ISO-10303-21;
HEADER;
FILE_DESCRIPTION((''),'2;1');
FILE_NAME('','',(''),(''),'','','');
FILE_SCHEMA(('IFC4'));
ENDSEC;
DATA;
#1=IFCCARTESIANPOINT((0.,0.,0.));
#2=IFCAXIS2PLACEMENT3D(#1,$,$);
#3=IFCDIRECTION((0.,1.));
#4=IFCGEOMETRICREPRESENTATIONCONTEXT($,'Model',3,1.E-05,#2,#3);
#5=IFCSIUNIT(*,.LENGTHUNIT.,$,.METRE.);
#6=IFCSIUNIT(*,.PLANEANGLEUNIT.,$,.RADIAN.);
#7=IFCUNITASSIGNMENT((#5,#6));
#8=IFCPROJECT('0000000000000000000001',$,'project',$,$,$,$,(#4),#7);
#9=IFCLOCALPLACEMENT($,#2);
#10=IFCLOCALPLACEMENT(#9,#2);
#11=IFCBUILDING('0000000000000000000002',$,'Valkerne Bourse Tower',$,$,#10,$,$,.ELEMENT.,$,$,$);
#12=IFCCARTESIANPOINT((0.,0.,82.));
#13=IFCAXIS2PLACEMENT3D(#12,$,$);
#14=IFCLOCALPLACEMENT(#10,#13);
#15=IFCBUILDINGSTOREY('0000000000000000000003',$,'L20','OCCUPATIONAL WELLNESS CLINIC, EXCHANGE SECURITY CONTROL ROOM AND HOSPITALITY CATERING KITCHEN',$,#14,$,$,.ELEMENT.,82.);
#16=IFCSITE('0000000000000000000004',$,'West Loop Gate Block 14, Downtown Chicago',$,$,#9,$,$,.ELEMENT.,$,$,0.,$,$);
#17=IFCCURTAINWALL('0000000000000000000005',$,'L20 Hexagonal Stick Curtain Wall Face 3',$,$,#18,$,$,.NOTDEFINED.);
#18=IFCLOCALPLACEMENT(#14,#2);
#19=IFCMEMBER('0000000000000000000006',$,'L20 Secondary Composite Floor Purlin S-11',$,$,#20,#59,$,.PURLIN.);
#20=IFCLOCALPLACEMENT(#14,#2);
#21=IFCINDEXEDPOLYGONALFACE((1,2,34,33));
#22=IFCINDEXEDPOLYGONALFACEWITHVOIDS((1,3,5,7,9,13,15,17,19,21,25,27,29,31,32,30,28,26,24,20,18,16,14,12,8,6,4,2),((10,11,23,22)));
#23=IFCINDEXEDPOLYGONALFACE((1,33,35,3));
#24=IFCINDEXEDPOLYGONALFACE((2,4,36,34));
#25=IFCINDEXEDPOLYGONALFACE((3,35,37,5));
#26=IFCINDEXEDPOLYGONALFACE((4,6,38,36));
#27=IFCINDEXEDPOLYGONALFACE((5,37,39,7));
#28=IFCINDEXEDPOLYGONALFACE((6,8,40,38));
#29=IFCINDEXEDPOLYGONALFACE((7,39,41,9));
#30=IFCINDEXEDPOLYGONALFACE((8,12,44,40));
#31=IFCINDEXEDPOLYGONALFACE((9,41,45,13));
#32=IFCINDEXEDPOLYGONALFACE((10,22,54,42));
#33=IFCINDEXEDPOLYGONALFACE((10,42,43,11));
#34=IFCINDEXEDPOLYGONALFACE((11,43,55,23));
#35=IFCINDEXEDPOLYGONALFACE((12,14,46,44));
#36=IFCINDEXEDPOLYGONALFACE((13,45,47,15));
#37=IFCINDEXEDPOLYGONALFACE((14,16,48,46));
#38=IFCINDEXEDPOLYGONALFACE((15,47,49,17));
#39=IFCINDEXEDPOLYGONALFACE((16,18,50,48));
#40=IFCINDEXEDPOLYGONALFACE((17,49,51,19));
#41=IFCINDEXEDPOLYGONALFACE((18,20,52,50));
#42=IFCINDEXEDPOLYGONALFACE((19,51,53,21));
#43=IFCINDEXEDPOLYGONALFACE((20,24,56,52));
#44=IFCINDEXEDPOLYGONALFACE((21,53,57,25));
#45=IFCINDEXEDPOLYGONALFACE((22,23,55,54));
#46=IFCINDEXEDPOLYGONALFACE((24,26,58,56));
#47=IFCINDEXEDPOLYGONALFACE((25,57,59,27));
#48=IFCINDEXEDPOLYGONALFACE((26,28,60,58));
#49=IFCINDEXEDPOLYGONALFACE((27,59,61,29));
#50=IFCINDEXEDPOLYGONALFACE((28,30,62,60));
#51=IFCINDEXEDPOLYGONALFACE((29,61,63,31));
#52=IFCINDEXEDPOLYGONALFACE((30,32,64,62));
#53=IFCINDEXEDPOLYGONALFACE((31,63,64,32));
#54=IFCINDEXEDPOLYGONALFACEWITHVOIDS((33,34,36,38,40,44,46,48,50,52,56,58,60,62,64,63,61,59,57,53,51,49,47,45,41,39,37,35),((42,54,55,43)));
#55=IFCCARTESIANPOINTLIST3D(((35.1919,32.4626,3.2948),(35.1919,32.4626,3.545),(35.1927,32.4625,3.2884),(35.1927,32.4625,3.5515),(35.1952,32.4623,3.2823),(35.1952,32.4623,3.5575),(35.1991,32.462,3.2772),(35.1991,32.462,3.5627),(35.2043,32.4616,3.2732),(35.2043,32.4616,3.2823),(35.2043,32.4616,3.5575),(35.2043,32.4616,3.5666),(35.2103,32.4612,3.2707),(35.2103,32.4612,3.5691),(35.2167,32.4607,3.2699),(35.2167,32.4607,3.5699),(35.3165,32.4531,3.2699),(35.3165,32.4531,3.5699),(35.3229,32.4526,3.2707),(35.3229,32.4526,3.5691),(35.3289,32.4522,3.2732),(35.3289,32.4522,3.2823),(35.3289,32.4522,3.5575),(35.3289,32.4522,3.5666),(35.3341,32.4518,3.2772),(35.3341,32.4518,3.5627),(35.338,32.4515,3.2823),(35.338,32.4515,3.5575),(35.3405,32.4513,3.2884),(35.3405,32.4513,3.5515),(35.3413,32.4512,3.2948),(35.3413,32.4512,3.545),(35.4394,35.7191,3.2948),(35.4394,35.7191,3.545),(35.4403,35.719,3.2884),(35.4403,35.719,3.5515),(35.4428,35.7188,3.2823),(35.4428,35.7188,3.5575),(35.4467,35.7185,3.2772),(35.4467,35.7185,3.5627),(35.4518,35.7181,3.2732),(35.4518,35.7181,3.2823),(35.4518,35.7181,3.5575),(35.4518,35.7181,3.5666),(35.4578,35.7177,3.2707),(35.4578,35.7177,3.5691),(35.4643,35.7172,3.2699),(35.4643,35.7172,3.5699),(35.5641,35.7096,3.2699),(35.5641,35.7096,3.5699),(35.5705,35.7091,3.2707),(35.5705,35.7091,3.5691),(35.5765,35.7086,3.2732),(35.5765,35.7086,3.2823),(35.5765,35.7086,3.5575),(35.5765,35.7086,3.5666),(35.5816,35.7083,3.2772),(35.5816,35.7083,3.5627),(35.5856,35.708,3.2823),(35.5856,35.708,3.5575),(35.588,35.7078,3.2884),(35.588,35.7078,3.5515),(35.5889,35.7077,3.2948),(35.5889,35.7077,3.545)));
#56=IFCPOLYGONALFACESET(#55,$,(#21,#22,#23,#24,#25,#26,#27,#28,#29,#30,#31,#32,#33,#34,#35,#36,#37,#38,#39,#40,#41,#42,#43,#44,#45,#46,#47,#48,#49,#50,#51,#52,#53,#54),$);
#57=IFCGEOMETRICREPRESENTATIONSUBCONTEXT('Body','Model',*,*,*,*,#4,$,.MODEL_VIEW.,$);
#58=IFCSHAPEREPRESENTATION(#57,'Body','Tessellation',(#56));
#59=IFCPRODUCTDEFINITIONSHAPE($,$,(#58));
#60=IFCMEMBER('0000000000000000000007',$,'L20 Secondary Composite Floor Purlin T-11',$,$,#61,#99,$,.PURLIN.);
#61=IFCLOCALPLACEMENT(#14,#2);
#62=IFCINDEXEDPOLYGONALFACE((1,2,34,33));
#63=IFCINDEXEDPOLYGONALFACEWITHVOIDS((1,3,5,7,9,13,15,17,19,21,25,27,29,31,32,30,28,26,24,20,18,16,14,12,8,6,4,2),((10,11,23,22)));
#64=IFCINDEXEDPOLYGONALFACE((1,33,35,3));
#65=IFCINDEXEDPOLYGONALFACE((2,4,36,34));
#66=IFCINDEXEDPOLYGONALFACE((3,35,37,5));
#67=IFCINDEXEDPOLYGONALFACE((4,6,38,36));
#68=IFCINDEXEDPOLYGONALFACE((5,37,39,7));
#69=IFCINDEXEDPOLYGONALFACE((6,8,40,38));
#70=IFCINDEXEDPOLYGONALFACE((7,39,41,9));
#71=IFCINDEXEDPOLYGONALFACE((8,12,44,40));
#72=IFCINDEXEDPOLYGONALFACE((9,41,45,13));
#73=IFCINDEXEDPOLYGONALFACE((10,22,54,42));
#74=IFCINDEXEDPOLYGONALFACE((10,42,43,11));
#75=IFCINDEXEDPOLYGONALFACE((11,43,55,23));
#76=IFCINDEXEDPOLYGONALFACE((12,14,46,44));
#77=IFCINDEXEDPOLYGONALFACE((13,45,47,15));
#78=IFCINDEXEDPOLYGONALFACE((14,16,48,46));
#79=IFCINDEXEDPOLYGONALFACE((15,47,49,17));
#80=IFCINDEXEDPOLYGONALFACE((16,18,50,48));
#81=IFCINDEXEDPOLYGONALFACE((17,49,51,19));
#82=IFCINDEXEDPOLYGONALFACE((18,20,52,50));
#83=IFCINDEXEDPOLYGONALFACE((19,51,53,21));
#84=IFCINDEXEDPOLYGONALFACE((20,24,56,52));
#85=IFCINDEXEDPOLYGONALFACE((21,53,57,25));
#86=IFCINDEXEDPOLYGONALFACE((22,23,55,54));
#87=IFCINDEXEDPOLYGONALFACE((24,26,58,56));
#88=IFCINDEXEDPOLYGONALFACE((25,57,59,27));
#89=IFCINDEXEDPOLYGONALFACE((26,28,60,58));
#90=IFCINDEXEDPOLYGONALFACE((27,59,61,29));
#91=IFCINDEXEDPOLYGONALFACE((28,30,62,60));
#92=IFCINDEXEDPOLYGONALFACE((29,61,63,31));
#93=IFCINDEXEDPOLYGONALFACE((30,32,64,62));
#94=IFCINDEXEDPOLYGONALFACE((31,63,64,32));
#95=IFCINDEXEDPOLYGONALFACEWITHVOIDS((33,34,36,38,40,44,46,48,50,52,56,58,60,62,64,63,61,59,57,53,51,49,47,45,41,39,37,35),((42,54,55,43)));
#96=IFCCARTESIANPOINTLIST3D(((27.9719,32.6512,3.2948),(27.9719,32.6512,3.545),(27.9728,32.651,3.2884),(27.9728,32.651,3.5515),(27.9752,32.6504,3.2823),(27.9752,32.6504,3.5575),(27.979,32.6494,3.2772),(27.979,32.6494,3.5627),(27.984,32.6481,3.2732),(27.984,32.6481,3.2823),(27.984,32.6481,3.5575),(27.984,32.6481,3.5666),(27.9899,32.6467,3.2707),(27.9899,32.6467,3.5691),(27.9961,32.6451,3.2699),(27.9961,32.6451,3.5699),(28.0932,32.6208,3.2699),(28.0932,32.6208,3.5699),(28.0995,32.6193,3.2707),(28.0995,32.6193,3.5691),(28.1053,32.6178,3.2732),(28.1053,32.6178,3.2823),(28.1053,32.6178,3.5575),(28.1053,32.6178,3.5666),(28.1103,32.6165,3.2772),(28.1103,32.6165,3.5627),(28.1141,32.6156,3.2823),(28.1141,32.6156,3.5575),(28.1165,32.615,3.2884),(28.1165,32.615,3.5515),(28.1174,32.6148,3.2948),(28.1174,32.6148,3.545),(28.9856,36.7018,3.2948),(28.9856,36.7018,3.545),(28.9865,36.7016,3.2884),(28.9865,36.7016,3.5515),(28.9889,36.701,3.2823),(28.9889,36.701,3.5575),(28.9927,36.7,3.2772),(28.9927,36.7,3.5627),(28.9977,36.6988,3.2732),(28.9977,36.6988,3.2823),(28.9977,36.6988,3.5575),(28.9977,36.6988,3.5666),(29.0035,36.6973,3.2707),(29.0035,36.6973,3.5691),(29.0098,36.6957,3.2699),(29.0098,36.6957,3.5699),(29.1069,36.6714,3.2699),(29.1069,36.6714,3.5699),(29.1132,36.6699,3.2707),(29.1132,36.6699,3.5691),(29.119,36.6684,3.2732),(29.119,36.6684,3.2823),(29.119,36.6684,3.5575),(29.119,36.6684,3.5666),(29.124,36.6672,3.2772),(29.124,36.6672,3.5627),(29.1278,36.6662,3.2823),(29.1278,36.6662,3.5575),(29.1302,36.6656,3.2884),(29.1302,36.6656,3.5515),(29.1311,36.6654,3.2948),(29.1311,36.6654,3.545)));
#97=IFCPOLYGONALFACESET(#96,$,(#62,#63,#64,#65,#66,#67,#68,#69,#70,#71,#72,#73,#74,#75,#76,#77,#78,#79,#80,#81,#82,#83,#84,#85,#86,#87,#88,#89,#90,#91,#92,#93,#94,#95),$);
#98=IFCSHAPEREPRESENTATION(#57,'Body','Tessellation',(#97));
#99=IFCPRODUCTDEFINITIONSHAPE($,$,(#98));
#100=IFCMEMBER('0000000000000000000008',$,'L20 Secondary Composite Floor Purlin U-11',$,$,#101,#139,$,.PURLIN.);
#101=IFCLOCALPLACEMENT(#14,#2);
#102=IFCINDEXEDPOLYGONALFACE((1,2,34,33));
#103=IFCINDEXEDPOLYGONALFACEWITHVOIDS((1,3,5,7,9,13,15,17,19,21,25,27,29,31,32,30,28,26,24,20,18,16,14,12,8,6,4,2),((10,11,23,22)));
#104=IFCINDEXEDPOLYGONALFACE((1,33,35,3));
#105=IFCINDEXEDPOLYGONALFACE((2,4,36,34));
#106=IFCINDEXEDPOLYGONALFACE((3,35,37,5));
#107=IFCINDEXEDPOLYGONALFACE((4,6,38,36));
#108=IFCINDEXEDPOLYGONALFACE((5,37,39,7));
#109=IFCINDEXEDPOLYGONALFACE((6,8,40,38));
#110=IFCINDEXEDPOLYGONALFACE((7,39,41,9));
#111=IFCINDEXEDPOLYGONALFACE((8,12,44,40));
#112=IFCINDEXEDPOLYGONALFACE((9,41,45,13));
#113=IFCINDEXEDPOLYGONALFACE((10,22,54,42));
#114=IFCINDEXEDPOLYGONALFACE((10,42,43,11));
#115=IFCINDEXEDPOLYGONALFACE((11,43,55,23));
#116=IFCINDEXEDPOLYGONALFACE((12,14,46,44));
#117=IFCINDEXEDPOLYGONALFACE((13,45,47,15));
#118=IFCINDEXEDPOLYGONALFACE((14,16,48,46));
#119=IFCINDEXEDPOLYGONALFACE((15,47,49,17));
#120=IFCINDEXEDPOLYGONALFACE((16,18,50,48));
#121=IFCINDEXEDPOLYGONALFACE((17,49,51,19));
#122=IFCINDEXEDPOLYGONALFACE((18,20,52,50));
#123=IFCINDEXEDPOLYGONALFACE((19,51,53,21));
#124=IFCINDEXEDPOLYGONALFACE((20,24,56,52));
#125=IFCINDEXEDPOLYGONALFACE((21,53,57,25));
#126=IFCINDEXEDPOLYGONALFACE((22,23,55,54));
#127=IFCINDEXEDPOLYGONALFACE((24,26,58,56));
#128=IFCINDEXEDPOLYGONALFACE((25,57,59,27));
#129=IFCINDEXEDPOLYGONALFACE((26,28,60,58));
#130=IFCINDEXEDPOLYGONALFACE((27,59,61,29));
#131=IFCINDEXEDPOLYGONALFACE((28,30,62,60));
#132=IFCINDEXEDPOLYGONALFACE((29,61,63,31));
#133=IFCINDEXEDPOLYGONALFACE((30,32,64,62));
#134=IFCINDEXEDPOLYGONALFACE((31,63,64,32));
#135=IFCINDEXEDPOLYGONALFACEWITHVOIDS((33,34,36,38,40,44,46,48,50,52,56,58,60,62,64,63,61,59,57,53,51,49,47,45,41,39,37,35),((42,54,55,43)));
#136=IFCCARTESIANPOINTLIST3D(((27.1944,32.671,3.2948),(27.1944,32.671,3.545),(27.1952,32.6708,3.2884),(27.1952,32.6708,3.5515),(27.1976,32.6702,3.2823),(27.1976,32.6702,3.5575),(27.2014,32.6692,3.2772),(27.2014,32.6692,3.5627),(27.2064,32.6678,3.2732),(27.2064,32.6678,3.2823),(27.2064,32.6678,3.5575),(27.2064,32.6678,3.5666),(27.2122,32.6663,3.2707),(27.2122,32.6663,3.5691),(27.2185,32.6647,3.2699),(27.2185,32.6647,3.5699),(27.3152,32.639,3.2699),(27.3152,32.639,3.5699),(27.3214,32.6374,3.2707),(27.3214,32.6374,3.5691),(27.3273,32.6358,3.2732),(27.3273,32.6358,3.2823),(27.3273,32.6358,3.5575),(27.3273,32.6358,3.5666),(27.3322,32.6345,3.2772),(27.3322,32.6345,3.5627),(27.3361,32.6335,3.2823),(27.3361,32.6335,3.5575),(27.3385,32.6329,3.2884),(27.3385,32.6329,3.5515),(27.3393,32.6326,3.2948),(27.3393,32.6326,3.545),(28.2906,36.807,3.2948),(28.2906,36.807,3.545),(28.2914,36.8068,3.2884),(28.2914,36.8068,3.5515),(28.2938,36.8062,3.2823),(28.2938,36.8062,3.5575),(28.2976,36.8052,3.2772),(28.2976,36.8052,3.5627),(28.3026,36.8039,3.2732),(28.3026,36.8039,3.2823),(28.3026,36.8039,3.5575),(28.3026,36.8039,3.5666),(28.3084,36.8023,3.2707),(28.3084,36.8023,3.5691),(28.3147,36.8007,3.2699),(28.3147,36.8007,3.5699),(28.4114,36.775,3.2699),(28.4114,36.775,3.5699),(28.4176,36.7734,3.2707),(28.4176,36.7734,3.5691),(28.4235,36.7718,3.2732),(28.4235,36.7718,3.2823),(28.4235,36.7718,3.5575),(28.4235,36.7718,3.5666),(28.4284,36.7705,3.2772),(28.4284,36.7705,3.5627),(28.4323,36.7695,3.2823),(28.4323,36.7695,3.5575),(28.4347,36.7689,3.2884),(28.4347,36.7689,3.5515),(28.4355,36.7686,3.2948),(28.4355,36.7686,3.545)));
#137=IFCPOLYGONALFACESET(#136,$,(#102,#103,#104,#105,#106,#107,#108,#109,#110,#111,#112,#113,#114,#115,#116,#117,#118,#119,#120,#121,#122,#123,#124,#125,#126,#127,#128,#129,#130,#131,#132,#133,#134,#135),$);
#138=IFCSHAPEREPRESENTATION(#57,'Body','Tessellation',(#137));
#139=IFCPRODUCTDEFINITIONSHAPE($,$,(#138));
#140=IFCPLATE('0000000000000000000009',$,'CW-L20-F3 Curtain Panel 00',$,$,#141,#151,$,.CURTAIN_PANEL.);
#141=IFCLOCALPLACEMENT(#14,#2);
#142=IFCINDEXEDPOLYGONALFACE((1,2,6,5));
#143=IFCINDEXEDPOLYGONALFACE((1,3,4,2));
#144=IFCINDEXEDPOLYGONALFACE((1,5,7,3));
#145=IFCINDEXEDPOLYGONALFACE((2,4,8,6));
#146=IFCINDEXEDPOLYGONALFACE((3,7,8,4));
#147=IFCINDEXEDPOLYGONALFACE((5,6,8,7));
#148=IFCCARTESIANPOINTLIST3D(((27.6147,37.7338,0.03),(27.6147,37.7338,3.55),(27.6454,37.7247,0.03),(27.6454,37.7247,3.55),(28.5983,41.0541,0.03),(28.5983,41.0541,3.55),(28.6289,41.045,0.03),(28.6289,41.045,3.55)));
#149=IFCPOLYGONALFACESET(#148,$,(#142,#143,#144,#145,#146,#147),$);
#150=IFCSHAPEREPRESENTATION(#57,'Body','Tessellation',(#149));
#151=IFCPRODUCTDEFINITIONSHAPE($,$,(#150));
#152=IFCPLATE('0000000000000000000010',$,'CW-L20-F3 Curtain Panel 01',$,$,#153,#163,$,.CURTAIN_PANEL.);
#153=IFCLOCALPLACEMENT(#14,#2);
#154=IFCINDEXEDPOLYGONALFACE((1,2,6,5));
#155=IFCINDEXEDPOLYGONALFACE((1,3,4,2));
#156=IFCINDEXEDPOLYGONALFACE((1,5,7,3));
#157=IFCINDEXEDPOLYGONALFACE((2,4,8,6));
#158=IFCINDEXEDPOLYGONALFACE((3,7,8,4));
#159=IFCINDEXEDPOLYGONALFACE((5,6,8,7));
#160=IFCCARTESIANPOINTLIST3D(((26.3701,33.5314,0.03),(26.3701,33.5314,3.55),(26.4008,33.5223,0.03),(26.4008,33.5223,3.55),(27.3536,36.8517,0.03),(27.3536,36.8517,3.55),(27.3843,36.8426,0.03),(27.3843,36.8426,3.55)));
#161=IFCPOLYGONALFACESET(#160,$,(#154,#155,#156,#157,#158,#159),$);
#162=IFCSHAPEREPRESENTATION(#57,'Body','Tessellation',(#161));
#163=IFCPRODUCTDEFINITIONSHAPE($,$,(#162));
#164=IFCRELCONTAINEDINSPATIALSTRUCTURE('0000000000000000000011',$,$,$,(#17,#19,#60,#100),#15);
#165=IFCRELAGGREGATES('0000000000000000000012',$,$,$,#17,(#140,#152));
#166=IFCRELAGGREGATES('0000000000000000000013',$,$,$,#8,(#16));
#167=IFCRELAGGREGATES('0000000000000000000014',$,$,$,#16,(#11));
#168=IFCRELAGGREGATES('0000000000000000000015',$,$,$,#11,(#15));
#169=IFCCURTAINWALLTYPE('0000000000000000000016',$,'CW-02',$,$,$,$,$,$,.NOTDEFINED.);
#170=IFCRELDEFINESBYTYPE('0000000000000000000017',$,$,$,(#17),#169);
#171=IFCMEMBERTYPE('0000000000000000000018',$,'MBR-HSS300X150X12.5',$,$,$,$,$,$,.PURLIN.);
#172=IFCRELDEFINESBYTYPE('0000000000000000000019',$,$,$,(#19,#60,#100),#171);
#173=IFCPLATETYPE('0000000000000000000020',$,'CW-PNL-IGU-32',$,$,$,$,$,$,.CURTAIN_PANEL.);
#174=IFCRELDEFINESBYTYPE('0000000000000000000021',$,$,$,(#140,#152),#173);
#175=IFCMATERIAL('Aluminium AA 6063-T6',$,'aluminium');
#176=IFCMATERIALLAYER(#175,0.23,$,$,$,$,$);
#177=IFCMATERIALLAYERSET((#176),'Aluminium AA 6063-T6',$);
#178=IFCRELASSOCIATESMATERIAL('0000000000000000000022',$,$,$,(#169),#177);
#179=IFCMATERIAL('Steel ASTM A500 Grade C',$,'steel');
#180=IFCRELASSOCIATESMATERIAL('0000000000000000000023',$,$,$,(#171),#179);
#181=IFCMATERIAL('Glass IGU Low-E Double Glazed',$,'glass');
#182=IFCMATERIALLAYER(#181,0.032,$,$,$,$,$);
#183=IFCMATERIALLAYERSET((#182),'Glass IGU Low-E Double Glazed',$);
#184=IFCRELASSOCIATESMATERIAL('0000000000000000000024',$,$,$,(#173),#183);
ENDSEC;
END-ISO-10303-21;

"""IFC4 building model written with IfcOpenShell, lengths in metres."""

from ifc_helpers import new_model, si_unit, direction, frame, origin, origin_2d, place, context, subcontext, project, spatial, rectangle, hollow_rectangle, extrude, material, layer, layer_set, material_profile, profile_set, type_object, element, aggregate, save


model = new_model("IFC4")

# Units and contexts
model_context = context("Model", 3, precision=1e-05, world=origin(), true_north=direction((0.0, 1.0)))
body_context = subcontext(model_context, "Body", "Model", "MODEL_VIEW")
ifc_project = project(units=[si_unit("LENGTHUNIT", "METRE"), si_unit("PLANEANGLEUNIT", "RADIAN")], contexts=[model_context])

# Site, building, storey
site_placement = place(None, origin())
site = spatial("IfcSite", under=ifc_project, at=site_placement, Name="West Loop Gate Block 14, Downtown Chicago", CompositionType="ELEMENT", RefElevation=0.0)
building_placement = place(site_placement, origin())
building = spatial("IfcBuilding", under=site, at=building_placement, Name="Valkerne Bourse Tower", CompositionType="ELEMENT")
storey_placement = place(building_placement, frame((0.0, 0.0, 82.0)))
storey = spatial("IfcBuildingStorey", under=building, at=storey_placement, Name="L20", Description="OCCUPATIONAL WELLNESS CLINIC, EXCHANGE SECURITY CONTROL ROOM AND HOSPITALITY CATERING KITCHEN", CompositionType="ELEMENT", Elevation=82.0)

# Curtain wall
ifc_material_1 = material(Name="Aluminium AA 6063-T6", Category="aluminium")
ifc_layer_1 = layer(ifc_material_1, 0.23)
ifc_layer_set_1 = layer_set([ifc_layer_1], Name="Aluminium AA 6063-T6")
curtain_wall_type = type_object("IfcCurtainWallType", Name="CW-02", PredefinedType="NOTDEFINED", material=ifc_layer_set_1)
curtain_wall_placement = place(storey_placement, origin())
curtain_wall = element("IfcCurtainWall", 1, at=curtain_wall_placement, inside=storey, type_object=curtain_wall_type, Name="L20 Hexagonal Stick Curtain Wall Face 3", PredefinedType="NOTDEFINED")

# Members
ifc_material_2 = material(Name="Steel ASTM A500 Grade C", Category="steel")
ifc_material_profile_1 = material_profile(ifc_material_2, hollow_rectangle(XDim=0.1499, YDim=0.3, WallThickness=0.0125, OuterFilletRadius=0.0249, at=origin_2d()), Name="HSS300X150X12.5")
ifc_profile_set_1 = profile_set([ifc_material_profile_1], Name="Steel ASTM A500 Grade C")
member_type_1 = type_object("IfcMemberType", Name="MBR-HSS300X150X12.5", PredefinedType="PURLIN", material=ifc_profile_set_1)
member_1_placement = place(storey_placement, frame((35.5142, 35.7134, 3.4199), z_axis=(-0.075799, -0.997123, 0.0), x_axis=(0.997123, -0.075799, 0.0)))
element("IfcMember", 2, at=member_1_placement, inside=storey, type_object=member_type_1, Name="L20 Secondary Composite Floor Purlin S-11", PredefinedType="PURLIN", context=body_context, shape_type="SweptSolid", body=[
    extrude(hollow_rectangle(XDim=0.1499, YDim=0.3, WallThickness=0.0125, OuterFilletRadius=0.0249, at=origin_2d()), origin(), (0.0, 0.0, 1.0), 3.2659),
])
member_2_placement = place(storey_placement, frame((29.0583, 36.6836, 3.4199), z_axis=(-0.242769, -0.970084, 0.0), x_axis=(0.970084, -0.242769, 0.0)))
element("IfcMember", 3, at=member_2_placement, inside=storey, type_object=member_type_1, Name="L20 Secondary Composite Floor Purlin T-11", PredefinedType="PURLIN", context=body_context, shape_type="SweptSolid", body=[
    extrude(hollow_rectangle(XDim=0.1499, YDim=0.3, WallThickness=0.0125, OuterFilletRadius=0.0249, at=origin_2d()), origin(), (0.0, 0.0, 1.0), 4.1755),
])
member_3_placement = place(storey_placement, frame((28.363, 36.7878, 3.4199), z_axis=(-0.256192, -0.966626, 0.0), x_axis=(0.966626, -0.256192, 0.0)))
element("IfcMember", 4, at=member_3_placement, inside=storey, type_object=member_type_1, Name="L20 Secondary Composite Floor Purlin U-11", PredefinedType="PURLIN", context=body_context, shape_type="SweptSolid", body=[
    extrude(hollow_rectangle(XDim=0.1499, YDim=0.3, WallThickness=0.0125, OuterFilletRadius=0.0249, at=origin_2d()), origin(), (0.0, 0.0, 1.0), 4.2788),
])

# Plates
ifc_material_3 = material(Name="Glass IGU Low-E Double Glazed", Category="glass")
ifc_layer_2 = layer(ifc_material_3, 0.032)
ifc_layer_set_2 = layer_set([ifc_layer_2], Name="Glass IGU Low-E Double Glazed")
plate_type = type_object("IfcPlateType", Name="CW-PNL-IGU-32", PredefinedType="CURTAIN_PANEL", material=ifc_layer_set_2)
plate_1_placement = place(storey_placement, frame((28.1218, 39.3894, 0.03), z_axis=(0.0, 0.0, 1.0), x_axis=(-0.284029, -0.958816, 0.0)))
plate_1 = element("IfcPlate", 5, at=plate_1_placement, type_object=plate_type, Name="CW-L20-F3 Curtain Panel 00", PredefinedType="CURTAIN_PANEL", context=body_context, shape_type="SweptSolid", body=[
    extrude(rectangle(XDim=3.4629, YDim=0.032, at=origin_2d()), origin(), (0.0, 0.0, 1.0), 3.52),
])
plate_2_placement = place(storey_placement, frame((26.8772, 35.187, 0.03), z_axis=(0.0, 0.0, 1.0), x_axis=(-0.284008, -0.958822, 0.0)))
plate_2 = element("IfcPlate", 6, at=plate_2_placement, type_object=plate_type, Name="CW-L20-F3 Curtain Panel 01", PredefinedType="CURTAIN_PANEL", context=body_context, shape_type="SweptSolid", body=[
    extrude(rectangle(XDim=3.4629, YDim=0.032, at=origin_2d()), origin(), (0.0, 0.0, 1.0), 3.52),
])
aggregate(curtain_wall, [plate_1, plate_2])

save(model, "model.ifc")
